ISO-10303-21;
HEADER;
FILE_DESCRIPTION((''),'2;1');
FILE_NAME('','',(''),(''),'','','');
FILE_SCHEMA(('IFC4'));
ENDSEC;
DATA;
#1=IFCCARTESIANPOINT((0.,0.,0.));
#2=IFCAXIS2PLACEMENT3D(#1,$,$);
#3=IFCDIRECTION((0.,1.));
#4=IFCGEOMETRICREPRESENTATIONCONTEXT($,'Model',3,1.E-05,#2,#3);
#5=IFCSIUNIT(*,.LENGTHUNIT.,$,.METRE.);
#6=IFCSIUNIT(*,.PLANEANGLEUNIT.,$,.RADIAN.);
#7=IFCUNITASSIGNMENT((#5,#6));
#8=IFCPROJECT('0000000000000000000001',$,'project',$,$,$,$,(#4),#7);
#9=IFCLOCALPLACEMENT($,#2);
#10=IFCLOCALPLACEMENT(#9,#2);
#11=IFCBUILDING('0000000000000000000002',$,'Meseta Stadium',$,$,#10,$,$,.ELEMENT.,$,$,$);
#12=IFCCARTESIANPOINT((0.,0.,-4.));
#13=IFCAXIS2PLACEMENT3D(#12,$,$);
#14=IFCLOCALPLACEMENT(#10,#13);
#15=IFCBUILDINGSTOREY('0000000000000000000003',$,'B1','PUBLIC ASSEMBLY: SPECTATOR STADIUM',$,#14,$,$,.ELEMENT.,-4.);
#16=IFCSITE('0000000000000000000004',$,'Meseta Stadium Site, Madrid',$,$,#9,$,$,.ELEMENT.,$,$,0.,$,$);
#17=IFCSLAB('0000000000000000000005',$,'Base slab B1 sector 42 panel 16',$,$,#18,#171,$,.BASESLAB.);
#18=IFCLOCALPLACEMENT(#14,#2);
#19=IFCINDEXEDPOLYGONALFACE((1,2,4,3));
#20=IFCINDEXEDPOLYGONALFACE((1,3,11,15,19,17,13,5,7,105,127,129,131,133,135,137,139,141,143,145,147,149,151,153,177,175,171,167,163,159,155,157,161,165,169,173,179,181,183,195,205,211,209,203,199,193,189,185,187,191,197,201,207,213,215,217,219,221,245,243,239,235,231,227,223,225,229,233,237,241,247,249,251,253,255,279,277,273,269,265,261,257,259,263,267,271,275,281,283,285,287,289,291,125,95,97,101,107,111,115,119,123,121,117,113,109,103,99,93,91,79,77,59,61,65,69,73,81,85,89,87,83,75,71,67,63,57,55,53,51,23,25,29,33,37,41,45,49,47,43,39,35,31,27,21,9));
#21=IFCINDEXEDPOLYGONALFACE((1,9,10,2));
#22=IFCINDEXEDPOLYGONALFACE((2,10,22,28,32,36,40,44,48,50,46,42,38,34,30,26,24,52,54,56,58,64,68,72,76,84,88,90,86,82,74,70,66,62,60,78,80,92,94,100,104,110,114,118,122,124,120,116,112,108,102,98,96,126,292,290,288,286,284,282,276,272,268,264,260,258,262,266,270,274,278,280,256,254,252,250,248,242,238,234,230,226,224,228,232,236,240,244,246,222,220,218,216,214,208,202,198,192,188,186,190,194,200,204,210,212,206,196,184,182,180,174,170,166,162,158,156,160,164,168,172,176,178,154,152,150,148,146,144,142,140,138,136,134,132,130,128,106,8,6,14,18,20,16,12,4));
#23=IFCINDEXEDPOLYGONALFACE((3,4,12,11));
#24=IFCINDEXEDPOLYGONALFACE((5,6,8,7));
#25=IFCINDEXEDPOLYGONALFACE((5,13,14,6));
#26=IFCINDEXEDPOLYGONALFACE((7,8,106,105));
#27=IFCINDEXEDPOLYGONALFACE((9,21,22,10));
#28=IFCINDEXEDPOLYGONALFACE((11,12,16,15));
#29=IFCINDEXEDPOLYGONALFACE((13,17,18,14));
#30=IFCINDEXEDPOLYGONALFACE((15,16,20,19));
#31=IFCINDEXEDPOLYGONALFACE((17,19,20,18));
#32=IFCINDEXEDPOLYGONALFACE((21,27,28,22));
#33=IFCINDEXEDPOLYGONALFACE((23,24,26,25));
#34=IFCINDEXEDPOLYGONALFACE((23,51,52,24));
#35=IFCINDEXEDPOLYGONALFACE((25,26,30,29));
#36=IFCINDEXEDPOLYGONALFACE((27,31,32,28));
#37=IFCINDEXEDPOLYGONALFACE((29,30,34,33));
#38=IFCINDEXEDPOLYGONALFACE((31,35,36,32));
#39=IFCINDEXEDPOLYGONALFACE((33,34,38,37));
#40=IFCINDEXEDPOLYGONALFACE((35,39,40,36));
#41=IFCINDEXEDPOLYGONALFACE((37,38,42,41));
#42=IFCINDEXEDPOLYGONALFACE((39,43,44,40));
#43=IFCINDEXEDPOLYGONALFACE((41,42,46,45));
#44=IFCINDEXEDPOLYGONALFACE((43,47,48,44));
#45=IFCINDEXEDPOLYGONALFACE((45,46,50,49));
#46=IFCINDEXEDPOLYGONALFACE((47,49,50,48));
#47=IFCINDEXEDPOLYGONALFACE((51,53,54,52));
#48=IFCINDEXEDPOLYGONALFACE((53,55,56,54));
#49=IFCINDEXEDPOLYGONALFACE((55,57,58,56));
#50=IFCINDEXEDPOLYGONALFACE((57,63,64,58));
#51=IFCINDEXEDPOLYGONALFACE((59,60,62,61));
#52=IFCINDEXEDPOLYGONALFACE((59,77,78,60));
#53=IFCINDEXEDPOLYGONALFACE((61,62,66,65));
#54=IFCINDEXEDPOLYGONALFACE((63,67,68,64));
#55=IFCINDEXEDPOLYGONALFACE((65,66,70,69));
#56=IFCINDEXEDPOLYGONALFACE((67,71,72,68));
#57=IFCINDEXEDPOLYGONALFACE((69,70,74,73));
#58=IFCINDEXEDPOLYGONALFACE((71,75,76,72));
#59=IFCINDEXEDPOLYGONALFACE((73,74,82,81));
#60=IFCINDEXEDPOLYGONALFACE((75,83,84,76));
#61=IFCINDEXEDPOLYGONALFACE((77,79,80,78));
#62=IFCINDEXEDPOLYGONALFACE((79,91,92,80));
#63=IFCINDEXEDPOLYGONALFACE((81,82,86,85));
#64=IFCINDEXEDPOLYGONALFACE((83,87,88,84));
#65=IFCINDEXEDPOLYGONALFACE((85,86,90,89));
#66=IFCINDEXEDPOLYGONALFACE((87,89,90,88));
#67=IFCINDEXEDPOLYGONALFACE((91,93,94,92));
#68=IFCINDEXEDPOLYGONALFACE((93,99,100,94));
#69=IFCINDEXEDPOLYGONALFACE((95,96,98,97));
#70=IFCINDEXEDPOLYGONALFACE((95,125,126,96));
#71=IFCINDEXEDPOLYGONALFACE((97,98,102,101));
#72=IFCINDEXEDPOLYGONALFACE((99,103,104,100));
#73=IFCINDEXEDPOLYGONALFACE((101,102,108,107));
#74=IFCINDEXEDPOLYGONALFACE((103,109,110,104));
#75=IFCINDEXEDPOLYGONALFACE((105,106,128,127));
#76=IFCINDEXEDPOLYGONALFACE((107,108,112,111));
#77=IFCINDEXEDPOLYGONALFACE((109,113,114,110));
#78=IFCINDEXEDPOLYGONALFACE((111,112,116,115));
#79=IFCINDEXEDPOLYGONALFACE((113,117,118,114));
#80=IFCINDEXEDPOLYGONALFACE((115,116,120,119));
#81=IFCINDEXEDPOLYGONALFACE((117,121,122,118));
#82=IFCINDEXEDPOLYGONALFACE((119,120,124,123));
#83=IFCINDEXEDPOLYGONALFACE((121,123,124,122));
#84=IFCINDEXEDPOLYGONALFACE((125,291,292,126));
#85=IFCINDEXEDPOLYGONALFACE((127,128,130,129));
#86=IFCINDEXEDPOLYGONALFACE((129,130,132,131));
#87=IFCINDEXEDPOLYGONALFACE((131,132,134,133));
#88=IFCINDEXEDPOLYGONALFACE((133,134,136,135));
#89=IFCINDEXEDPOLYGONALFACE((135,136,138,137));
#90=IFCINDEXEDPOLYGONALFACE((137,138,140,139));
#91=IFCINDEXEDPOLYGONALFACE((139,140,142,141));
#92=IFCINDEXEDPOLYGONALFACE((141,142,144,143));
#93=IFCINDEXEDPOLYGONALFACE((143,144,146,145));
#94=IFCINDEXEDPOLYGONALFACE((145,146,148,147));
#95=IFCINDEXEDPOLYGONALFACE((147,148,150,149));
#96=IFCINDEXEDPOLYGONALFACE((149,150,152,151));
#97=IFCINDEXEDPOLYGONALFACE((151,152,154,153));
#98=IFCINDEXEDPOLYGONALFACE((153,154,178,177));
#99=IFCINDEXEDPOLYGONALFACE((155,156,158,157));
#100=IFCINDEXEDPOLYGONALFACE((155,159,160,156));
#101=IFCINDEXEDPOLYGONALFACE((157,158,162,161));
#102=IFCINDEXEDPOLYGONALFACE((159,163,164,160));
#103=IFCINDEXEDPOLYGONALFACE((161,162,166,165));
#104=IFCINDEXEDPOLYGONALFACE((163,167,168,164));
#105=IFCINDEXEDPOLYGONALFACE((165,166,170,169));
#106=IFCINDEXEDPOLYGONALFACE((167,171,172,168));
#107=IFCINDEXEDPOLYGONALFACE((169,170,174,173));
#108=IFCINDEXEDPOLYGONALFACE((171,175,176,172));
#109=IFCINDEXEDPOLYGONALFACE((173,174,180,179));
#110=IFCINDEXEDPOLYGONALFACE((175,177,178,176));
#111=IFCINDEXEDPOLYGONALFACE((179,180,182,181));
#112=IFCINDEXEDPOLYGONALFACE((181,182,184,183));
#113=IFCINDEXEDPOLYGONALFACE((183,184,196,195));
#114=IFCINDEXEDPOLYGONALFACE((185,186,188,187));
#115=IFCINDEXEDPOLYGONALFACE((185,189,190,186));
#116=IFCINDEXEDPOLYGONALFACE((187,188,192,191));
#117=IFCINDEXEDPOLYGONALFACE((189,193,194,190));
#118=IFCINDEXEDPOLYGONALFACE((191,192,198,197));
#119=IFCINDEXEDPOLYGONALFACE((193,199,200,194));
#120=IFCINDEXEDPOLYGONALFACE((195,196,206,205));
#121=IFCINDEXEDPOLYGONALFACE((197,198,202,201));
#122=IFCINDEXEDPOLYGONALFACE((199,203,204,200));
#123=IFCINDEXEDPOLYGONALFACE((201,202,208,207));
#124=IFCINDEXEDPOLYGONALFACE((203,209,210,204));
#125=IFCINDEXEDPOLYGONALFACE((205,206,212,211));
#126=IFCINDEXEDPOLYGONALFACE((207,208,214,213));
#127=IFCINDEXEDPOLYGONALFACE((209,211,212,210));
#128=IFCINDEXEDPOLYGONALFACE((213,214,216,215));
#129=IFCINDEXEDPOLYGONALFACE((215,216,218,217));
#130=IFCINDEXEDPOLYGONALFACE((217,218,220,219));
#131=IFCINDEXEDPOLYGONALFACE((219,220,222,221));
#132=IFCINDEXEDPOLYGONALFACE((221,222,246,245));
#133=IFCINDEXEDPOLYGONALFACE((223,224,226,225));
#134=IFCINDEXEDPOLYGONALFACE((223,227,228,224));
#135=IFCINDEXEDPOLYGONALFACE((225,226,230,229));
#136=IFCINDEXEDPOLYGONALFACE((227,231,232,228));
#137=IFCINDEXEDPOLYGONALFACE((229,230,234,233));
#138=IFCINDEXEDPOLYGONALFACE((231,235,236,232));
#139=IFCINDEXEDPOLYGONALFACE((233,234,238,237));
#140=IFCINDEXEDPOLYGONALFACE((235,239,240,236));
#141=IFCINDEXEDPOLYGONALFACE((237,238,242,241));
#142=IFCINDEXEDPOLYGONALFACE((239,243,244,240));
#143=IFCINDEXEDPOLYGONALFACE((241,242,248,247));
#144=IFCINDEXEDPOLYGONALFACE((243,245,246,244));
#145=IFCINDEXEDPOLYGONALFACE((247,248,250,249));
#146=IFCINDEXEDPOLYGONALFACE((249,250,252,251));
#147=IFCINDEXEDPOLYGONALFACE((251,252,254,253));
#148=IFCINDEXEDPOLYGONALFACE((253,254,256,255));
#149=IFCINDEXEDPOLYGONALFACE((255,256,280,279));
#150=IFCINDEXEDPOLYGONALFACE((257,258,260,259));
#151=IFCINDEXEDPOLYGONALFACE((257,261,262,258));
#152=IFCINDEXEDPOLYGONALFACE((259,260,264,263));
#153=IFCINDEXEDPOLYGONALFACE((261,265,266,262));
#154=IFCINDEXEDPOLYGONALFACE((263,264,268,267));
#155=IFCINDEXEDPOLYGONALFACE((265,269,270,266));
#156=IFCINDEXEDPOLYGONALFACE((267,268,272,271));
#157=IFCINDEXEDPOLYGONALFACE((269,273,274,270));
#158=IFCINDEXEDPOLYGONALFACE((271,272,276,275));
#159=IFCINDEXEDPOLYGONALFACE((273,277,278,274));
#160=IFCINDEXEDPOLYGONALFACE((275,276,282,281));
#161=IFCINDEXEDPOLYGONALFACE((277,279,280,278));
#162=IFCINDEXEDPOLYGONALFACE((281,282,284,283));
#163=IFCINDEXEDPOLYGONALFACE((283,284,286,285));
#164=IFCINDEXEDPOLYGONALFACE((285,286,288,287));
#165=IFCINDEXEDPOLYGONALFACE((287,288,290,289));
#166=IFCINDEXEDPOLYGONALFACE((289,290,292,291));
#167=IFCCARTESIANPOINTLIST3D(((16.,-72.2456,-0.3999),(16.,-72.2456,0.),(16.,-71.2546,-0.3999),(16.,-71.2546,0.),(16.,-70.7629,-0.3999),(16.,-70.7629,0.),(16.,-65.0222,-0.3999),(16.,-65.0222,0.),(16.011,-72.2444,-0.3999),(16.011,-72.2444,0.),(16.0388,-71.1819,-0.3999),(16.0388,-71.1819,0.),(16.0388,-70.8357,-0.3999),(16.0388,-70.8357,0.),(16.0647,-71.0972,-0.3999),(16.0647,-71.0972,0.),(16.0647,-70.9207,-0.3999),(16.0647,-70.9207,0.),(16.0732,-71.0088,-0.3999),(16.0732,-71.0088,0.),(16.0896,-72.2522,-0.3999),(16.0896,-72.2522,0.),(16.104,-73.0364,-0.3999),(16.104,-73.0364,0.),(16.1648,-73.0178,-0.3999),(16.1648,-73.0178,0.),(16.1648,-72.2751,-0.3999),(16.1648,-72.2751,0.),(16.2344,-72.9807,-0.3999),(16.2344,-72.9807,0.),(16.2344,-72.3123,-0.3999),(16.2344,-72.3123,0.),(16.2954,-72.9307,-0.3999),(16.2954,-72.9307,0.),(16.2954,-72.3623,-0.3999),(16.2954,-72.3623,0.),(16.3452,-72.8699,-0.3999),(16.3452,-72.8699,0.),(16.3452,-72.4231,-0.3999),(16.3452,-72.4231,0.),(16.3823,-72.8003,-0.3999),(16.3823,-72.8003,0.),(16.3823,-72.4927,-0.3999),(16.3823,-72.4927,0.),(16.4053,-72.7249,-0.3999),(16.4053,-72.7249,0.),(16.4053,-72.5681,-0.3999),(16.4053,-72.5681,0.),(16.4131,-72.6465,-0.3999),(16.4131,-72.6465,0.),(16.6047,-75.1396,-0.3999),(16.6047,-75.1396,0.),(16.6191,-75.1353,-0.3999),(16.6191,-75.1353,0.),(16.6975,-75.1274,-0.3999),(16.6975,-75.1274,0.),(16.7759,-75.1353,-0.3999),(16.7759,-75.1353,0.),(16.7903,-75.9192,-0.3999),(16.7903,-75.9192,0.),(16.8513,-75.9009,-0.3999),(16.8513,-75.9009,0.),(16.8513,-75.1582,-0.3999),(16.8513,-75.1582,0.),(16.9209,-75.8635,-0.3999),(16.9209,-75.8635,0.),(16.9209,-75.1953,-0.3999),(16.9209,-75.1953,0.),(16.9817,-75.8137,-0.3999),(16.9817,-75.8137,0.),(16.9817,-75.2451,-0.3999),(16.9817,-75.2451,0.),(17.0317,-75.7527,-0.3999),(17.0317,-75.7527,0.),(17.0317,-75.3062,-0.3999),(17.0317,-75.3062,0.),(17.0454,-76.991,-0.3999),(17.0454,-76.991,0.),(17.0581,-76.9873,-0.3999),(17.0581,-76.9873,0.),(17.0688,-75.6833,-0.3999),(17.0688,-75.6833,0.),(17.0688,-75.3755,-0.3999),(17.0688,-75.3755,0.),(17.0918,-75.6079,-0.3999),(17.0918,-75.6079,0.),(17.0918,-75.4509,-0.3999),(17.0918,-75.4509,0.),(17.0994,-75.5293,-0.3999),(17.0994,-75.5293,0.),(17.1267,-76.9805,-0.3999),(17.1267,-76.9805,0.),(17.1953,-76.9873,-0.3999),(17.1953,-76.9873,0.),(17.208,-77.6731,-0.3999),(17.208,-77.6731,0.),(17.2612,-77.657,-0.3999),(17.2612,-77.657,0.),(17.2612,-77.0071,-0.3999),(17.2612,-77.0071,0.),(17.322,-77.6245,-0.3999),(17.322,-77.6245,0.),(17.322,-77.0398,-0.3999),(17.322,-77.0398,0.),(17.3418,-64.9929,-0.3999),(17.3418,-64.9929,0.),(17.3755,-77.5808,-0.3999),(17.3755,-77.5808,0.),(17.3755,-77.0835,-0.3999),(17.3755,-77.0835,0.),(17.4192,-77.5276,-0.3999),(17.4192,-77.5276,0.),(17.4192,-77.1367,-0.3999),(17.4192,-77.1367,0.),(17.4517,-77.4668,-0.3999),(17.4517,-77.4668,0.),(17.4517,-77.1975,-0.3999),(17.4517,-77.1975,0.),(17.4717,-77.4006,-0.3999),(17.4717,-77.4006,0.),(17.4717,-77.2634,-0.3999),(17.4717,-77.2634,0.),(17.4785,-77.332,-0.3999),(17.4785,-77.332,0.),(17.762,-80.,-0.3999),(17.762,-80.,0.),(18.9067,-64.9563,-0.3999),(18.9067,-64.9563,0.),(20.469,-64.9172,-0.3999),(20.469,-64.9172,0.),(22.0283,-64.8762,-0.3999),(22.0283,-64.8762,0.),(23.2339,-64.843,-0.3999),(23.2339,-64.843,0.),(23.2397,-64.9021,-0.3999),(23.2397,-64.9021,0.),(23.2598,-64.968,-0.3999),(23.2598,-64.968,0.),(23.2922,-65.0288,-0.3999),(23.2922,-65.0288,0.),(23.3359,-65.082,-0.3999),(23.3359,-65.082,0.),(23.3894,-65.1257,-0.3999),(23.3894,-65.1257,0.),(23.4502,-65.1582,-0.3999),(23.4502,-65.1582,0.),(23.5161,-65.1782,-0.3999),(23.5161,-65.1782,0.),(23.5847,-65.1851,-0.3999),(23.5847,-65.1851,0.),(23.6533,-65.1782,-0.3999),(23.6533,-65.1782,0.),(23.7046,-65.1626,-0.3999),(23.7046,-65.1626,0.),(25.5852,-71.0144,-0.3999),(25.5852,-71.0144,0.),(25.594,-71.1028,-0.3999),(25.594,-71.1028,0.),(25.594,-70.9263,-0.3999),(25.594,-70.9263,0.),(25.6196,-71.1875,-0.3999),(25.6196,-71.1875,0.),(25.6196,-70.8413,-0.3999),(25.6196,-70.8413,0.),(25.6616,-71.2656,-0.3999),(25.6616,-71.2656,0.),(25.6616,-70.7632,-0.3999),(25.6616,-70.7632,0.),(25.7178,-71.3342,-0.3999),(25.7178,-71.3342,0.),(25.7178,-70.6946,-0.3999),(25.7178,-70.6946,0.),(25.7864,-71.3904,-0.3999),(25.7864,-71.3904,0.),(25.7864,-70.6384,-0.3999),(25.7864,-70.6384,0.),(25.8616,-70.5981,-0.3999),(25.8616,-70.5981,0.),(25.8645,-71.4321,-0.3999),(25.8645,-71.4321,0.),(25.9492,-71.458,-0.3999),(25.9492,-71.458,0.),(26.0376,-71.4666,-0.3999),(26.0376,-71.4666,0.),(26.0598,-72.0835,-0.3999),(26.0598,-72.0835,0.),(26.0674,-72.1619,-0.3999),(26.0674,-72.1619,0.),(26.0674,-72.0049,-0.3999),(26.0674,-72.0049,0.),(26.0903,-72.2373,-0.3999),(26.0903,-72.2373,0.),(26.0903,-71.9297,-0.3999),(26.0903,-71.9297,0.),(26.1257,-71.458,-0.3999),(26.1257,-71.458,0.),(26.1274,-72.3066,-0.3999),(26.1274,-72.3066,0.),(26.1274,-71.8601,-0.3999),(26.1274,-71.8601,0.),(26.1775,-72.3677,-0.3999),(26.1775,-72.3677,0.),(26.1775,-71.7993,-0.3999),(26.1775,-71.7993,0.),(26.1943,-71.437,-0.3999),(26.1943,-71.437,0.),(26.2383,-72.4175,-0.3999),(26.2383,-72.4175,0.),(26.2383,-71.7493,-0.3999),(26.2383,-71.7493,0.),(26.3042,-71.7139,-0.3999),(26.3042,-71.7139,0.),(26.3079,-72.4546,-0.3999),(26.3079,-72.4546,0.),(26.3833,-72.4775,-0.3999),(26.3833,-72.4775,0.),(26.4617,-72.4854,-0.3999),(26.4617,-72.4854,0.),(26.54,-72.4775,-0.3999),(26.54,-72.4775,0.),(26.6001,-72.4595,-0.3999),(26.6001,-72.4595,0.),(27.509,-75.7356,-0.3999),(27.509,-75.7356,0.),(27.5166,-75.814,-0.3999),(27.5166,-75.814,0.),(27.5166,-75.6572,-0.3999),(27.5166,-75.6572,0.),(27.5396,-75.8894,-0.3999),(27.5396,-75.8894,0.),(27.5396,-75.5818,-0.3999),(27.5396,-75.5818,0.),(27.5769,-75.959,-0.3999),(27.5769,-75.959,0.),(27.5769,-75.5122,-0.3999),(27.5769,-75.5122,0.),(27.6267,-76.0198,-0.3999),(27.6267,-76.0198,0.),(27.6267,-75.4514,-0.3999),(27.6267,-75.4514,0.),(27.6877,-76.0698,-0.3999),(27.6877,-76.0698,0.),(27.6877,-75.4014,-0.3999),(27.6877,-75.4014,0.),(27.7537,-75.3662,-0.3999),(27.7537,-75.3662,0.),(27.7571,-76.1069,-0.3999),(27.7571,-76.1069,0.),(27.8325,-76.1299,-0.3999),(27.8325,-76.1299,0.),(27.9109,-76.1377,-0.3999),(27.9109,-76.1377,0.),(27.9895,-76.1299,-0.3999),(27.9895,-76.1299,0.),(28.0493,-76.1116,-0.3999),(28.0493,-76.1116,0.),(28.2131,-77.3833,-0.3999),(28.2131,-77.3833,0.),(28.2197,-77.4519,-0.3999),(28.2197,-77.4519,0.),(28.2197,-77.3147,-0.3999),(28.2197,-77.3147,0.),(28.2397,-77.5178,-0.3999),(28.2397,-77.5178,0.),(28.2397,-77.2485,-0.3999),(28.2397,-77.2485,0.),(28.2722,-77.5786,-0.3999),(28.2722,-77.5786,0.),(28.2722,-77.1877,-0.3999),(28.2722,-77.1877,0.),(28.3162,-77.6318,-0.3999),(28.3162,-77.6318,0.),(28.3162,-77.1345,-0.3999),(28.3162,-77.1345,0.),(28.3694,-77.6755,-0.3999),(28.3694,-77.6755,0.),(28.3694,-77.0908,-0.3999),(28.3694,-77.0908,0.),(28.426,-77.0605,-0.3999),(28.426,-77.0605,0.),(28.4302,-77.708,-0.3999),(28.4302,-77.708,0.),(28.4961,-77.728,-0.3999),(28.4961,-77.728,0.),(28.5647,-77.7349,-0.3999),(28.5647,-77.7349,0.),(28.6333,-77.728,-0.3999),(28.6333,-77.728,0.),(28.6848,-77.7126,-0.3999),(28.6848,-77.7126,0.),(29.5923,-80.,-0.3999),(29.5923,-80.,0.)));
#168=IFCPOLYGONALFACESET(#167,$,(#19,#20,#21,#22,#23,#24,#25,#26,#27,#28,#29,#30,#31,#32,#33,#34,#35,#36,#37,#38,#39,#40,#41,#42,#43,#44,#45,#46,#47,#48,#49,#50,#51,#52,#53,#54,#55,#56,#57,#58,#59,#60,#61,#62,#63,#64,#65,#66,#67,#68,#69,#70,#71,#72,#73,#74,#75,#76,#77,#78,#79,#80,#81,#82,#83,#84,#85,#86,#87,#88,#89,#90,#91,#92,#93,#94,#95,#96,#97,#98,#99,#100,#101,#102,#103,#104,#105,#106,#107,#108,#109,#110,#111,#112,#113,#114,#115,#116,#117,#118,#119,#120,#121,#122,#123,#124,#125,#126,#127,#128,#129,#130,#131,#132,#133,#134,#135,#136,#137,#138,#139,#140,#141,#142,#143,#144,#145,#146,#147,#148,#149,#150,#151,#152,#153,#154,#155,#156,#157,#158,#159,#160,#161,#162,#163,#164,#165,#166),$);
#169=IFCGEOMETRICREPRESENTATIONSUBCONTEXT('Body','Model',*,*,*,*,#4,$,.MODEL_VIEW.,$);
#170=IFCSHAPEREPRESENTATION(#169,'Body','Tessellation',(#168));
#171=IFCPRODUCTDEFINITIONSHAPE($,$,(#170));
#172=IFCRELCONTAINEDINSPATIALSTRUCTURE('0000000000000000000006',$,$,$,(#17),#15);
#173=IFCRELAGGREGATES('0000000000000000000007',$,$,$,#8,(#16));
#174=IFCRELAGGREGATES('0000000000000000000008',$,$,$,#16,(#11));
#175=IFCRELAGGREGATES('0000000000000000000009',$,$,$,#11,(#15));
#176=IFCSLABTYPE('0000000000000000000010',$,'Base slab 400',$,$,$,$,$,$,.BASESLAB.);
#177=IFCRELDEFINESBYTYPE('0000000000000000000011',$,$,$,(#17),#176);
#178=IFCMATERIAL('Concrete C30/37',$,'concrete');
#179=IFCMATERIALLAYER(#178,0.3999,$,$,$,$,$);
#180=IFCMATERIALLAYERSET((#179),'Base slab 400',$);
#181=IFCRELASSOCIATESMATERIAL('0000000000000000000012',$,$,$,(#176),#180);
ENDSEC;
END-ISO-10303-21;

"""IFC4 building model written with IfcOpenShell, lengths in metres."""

from ifc_helpers import new_model, si_unit, direction, frame, origin, place, context, subcontext, project, spatial, polyline, outline, extrude, material, layer, layer_set, type_object, element, save


model = new_model("IFC4")

# Units and contexts
model_context = context("Model", 3, precision=1e-05, world=origin(), true_north=direction((0.0, 1.0)))
body_context = subcontext(model_context, "Body", "Model", "MODEL_VIEW")
ifc_project = project(units=[si_unit("LENGTHUNIT", "METRE"), si_unit("PLANEANGLEUNIT", "RADIAN")], contexts=[model_context])

# Site, building, storey
site_placement = place(None, origin())
site = spatial("IfcSite", under=ifc_project, at=site_placement, Name="Meseta Stadium Site, Madrid", CompositionType="ELEMENT", RefElevation=0.0)
building_placement = place(site_placement, origin())
building = spatial("IfcBuilding", under=site, at=building_placement, Name="Meseta Stadium", CompositionType="ELEMENT")
storey_placement = place(building_placement, frame((0.0, 0.0, -4.0)))
storey = spatial("IfcBuildingStorey", under=building, at=storey_placement, Name="B1", Description="PUBLIC ASSEMBLY: SPECTATOR STADIUM", CompositionType="ELEMENT", Elevation=-4.0)

# Slab
ifc_material = material(Name="Concrete C30/37", Category="concrete")
ifc_layer = layer(ifc_material, 0.3999)
ifc_layer_set = layer_set([ifc_layer], Name="Base slab 400")
slab_type = type_object("IfcSlabType", Name="Base slab 400", PredefinedType="BASESLAB", material=ifc_layer_set)
slab_1_placement = place(storey_placement, frame((0.0, 0.0, -0.3999)))
element("IfcSlab", 1, at=slab_1_placement, inside=storey, type_object=slab_type, Name="Base slab B1 sector 42 panel 16", PredefinedType="BASESLAB", context=body_context, shape_type="SweptSolid", body=[
    extrude(outline(polyline([(18.9067, -64.9563), (17.3418, -64.9929), (16.0, -65.0222), (16.0, -70.7629), (16.0388, -70.8357), (16.0647, -70.9207), (16.0732, -71.0088), (16.0647, -71.0972), (16.0388, -71.1819), (16.0, -71.2546), (16.0, -72.2456), (16.011, -72.2444), (16.0896, -72.2522), (16.1648, -72.2751), (16.2344, -72.3123), (16.2954, -72.3623), (16.3452, -72.4231), (16.3823, -72.4927), (16.4053, -72.5681), (16.4131, -72.6465), (16.4053, -72.7249), (16.3823, -72.8003), (16.3452, -72.8699), (16.2954, -72.9307), (16.2344, -72.9807), (16.1648, -73.0178), (16.104, -73.0364), (16.6047, -75.1396), (16.6191, -75.1353), (16.6975, -75.1274), (16.7759, -75.1353), (16.8513, -75.1582), (16.9209, -75.1953), (16.9817, -75.2451), (17.0317, -75.3062), (17.0688, -75.3755), (17.0918, -75.4509), (17.0994, -75.5293), (17.0918, -75.6079), (17.0688, -75.6833), (17.0317, -75.7527), (16.9817, -75.8137), (16.9209, -75.8635), (16.8513, -75.9009), (16.7903, -75.9192), (17.0454, -76.991), (17.0581, -76.9873), (17.1267, -76.9805), (17.1953, -76.9873), (17.2612, -77.0071), (17.322, -77.0398), (17.3755, -77.0835), (17.4192, -77.1367), (17.4517, -77.1975), (17.4717, -77.2634), (17.4785, -77.332), (17.4717, -77.4006), (17.4517, -77.4668), (17.4192, -77.5276), (17.3755, -77.5808), (17.322, -77.6245), (17.2612, -77.657), (17.208, -77.6731), (17.762, -80.0), (29.5923, -80.0), (28.6848, -77.7126), (28.6333, -77.728), (28.5647, -77.7349), (28.4961, -77.728), (28.4302, -77.708), (28.3694, -77.6755), (28.3162, -77.6318), (28.2722, -77.5786), (28.2397, -77.5178), (28.2197, -77.4519), (28.2131, -77.3833), (28.2197, -77.3147), (28.2397, -77.2485), (28.2722, -77.1877), (28.3162, -77.1345), (28.3694, -77.0908), (28.426, -77.0605), (28.0493, -76.1116), (27.9895, -76.1299), (27.9109, -76.1377), (27.8325, -76.1299), (27.7571, -76.1069), (27.6877, -76.0698), (27.6267, -76.0198), (27.5769, -75.959), (27.5396, -75.8894), (27.5166, -75.814), (27.509, -75.7356), (27.5166, -75.6572), (27.5396, -75.5818), (27.5769, -75.5122), (27.6267, -75.4514), (27.6877, -75.4014), (27.7537, -75.3662), (26.6001, -72.4595), (26.54, -72.4775), (26.4617, -72.4854), (26.3833, -72.4775), (26.3079, -72.4546), (26.2383, -72.4175), (26.1775, -72.3677), (26.1274, -72.3066), (26.0903, -72.2373), (26.0674, -72.1619), (26.0598, -72.0835), (26.0674, -72.0049), (26.0903, -71.9297), (26.1274, -71.8601), (26.1775, -71.7993), (26.2383, -71.7493), (26.3042, -71.7139), (26.1943, -71.437), (26.1257, -71.458), (26.0376, -71.4666), (25.9492, -71.458), (25.8645, -71.4321), (25.7864, -71.3904), (25.7178, -71.3342), (25.6616, -71.2656), (25.6196, -71.1875), (25.594, -71.1028), (25.5852, -71.0144), (25.594, -70.9263), (25.6196, -70.8413), (25.6616, -70.7632), (25.7178, -70.6946), (25.7864, -70.6384), (25.8616, -70.5981), (23.7046, -65.1626), (23.6533, -65.1782), (23.5847, -65.1851), (23.5161, -65.1782), (23.4502, -65.1582), (23.3894, -65.1257), (23.3359, -65.082), (23.2922, -65.0288), (23.2598, -64.968), (23.2397, -64.9021), (23.2339, -64.843), (22.0283, -64.8762), (20.469, -64.9172), (18.9067, -64.9563)])), origin(), (0.0, 0.0, 1.0), 0.3999),
])

save(model, "model.ifc")
